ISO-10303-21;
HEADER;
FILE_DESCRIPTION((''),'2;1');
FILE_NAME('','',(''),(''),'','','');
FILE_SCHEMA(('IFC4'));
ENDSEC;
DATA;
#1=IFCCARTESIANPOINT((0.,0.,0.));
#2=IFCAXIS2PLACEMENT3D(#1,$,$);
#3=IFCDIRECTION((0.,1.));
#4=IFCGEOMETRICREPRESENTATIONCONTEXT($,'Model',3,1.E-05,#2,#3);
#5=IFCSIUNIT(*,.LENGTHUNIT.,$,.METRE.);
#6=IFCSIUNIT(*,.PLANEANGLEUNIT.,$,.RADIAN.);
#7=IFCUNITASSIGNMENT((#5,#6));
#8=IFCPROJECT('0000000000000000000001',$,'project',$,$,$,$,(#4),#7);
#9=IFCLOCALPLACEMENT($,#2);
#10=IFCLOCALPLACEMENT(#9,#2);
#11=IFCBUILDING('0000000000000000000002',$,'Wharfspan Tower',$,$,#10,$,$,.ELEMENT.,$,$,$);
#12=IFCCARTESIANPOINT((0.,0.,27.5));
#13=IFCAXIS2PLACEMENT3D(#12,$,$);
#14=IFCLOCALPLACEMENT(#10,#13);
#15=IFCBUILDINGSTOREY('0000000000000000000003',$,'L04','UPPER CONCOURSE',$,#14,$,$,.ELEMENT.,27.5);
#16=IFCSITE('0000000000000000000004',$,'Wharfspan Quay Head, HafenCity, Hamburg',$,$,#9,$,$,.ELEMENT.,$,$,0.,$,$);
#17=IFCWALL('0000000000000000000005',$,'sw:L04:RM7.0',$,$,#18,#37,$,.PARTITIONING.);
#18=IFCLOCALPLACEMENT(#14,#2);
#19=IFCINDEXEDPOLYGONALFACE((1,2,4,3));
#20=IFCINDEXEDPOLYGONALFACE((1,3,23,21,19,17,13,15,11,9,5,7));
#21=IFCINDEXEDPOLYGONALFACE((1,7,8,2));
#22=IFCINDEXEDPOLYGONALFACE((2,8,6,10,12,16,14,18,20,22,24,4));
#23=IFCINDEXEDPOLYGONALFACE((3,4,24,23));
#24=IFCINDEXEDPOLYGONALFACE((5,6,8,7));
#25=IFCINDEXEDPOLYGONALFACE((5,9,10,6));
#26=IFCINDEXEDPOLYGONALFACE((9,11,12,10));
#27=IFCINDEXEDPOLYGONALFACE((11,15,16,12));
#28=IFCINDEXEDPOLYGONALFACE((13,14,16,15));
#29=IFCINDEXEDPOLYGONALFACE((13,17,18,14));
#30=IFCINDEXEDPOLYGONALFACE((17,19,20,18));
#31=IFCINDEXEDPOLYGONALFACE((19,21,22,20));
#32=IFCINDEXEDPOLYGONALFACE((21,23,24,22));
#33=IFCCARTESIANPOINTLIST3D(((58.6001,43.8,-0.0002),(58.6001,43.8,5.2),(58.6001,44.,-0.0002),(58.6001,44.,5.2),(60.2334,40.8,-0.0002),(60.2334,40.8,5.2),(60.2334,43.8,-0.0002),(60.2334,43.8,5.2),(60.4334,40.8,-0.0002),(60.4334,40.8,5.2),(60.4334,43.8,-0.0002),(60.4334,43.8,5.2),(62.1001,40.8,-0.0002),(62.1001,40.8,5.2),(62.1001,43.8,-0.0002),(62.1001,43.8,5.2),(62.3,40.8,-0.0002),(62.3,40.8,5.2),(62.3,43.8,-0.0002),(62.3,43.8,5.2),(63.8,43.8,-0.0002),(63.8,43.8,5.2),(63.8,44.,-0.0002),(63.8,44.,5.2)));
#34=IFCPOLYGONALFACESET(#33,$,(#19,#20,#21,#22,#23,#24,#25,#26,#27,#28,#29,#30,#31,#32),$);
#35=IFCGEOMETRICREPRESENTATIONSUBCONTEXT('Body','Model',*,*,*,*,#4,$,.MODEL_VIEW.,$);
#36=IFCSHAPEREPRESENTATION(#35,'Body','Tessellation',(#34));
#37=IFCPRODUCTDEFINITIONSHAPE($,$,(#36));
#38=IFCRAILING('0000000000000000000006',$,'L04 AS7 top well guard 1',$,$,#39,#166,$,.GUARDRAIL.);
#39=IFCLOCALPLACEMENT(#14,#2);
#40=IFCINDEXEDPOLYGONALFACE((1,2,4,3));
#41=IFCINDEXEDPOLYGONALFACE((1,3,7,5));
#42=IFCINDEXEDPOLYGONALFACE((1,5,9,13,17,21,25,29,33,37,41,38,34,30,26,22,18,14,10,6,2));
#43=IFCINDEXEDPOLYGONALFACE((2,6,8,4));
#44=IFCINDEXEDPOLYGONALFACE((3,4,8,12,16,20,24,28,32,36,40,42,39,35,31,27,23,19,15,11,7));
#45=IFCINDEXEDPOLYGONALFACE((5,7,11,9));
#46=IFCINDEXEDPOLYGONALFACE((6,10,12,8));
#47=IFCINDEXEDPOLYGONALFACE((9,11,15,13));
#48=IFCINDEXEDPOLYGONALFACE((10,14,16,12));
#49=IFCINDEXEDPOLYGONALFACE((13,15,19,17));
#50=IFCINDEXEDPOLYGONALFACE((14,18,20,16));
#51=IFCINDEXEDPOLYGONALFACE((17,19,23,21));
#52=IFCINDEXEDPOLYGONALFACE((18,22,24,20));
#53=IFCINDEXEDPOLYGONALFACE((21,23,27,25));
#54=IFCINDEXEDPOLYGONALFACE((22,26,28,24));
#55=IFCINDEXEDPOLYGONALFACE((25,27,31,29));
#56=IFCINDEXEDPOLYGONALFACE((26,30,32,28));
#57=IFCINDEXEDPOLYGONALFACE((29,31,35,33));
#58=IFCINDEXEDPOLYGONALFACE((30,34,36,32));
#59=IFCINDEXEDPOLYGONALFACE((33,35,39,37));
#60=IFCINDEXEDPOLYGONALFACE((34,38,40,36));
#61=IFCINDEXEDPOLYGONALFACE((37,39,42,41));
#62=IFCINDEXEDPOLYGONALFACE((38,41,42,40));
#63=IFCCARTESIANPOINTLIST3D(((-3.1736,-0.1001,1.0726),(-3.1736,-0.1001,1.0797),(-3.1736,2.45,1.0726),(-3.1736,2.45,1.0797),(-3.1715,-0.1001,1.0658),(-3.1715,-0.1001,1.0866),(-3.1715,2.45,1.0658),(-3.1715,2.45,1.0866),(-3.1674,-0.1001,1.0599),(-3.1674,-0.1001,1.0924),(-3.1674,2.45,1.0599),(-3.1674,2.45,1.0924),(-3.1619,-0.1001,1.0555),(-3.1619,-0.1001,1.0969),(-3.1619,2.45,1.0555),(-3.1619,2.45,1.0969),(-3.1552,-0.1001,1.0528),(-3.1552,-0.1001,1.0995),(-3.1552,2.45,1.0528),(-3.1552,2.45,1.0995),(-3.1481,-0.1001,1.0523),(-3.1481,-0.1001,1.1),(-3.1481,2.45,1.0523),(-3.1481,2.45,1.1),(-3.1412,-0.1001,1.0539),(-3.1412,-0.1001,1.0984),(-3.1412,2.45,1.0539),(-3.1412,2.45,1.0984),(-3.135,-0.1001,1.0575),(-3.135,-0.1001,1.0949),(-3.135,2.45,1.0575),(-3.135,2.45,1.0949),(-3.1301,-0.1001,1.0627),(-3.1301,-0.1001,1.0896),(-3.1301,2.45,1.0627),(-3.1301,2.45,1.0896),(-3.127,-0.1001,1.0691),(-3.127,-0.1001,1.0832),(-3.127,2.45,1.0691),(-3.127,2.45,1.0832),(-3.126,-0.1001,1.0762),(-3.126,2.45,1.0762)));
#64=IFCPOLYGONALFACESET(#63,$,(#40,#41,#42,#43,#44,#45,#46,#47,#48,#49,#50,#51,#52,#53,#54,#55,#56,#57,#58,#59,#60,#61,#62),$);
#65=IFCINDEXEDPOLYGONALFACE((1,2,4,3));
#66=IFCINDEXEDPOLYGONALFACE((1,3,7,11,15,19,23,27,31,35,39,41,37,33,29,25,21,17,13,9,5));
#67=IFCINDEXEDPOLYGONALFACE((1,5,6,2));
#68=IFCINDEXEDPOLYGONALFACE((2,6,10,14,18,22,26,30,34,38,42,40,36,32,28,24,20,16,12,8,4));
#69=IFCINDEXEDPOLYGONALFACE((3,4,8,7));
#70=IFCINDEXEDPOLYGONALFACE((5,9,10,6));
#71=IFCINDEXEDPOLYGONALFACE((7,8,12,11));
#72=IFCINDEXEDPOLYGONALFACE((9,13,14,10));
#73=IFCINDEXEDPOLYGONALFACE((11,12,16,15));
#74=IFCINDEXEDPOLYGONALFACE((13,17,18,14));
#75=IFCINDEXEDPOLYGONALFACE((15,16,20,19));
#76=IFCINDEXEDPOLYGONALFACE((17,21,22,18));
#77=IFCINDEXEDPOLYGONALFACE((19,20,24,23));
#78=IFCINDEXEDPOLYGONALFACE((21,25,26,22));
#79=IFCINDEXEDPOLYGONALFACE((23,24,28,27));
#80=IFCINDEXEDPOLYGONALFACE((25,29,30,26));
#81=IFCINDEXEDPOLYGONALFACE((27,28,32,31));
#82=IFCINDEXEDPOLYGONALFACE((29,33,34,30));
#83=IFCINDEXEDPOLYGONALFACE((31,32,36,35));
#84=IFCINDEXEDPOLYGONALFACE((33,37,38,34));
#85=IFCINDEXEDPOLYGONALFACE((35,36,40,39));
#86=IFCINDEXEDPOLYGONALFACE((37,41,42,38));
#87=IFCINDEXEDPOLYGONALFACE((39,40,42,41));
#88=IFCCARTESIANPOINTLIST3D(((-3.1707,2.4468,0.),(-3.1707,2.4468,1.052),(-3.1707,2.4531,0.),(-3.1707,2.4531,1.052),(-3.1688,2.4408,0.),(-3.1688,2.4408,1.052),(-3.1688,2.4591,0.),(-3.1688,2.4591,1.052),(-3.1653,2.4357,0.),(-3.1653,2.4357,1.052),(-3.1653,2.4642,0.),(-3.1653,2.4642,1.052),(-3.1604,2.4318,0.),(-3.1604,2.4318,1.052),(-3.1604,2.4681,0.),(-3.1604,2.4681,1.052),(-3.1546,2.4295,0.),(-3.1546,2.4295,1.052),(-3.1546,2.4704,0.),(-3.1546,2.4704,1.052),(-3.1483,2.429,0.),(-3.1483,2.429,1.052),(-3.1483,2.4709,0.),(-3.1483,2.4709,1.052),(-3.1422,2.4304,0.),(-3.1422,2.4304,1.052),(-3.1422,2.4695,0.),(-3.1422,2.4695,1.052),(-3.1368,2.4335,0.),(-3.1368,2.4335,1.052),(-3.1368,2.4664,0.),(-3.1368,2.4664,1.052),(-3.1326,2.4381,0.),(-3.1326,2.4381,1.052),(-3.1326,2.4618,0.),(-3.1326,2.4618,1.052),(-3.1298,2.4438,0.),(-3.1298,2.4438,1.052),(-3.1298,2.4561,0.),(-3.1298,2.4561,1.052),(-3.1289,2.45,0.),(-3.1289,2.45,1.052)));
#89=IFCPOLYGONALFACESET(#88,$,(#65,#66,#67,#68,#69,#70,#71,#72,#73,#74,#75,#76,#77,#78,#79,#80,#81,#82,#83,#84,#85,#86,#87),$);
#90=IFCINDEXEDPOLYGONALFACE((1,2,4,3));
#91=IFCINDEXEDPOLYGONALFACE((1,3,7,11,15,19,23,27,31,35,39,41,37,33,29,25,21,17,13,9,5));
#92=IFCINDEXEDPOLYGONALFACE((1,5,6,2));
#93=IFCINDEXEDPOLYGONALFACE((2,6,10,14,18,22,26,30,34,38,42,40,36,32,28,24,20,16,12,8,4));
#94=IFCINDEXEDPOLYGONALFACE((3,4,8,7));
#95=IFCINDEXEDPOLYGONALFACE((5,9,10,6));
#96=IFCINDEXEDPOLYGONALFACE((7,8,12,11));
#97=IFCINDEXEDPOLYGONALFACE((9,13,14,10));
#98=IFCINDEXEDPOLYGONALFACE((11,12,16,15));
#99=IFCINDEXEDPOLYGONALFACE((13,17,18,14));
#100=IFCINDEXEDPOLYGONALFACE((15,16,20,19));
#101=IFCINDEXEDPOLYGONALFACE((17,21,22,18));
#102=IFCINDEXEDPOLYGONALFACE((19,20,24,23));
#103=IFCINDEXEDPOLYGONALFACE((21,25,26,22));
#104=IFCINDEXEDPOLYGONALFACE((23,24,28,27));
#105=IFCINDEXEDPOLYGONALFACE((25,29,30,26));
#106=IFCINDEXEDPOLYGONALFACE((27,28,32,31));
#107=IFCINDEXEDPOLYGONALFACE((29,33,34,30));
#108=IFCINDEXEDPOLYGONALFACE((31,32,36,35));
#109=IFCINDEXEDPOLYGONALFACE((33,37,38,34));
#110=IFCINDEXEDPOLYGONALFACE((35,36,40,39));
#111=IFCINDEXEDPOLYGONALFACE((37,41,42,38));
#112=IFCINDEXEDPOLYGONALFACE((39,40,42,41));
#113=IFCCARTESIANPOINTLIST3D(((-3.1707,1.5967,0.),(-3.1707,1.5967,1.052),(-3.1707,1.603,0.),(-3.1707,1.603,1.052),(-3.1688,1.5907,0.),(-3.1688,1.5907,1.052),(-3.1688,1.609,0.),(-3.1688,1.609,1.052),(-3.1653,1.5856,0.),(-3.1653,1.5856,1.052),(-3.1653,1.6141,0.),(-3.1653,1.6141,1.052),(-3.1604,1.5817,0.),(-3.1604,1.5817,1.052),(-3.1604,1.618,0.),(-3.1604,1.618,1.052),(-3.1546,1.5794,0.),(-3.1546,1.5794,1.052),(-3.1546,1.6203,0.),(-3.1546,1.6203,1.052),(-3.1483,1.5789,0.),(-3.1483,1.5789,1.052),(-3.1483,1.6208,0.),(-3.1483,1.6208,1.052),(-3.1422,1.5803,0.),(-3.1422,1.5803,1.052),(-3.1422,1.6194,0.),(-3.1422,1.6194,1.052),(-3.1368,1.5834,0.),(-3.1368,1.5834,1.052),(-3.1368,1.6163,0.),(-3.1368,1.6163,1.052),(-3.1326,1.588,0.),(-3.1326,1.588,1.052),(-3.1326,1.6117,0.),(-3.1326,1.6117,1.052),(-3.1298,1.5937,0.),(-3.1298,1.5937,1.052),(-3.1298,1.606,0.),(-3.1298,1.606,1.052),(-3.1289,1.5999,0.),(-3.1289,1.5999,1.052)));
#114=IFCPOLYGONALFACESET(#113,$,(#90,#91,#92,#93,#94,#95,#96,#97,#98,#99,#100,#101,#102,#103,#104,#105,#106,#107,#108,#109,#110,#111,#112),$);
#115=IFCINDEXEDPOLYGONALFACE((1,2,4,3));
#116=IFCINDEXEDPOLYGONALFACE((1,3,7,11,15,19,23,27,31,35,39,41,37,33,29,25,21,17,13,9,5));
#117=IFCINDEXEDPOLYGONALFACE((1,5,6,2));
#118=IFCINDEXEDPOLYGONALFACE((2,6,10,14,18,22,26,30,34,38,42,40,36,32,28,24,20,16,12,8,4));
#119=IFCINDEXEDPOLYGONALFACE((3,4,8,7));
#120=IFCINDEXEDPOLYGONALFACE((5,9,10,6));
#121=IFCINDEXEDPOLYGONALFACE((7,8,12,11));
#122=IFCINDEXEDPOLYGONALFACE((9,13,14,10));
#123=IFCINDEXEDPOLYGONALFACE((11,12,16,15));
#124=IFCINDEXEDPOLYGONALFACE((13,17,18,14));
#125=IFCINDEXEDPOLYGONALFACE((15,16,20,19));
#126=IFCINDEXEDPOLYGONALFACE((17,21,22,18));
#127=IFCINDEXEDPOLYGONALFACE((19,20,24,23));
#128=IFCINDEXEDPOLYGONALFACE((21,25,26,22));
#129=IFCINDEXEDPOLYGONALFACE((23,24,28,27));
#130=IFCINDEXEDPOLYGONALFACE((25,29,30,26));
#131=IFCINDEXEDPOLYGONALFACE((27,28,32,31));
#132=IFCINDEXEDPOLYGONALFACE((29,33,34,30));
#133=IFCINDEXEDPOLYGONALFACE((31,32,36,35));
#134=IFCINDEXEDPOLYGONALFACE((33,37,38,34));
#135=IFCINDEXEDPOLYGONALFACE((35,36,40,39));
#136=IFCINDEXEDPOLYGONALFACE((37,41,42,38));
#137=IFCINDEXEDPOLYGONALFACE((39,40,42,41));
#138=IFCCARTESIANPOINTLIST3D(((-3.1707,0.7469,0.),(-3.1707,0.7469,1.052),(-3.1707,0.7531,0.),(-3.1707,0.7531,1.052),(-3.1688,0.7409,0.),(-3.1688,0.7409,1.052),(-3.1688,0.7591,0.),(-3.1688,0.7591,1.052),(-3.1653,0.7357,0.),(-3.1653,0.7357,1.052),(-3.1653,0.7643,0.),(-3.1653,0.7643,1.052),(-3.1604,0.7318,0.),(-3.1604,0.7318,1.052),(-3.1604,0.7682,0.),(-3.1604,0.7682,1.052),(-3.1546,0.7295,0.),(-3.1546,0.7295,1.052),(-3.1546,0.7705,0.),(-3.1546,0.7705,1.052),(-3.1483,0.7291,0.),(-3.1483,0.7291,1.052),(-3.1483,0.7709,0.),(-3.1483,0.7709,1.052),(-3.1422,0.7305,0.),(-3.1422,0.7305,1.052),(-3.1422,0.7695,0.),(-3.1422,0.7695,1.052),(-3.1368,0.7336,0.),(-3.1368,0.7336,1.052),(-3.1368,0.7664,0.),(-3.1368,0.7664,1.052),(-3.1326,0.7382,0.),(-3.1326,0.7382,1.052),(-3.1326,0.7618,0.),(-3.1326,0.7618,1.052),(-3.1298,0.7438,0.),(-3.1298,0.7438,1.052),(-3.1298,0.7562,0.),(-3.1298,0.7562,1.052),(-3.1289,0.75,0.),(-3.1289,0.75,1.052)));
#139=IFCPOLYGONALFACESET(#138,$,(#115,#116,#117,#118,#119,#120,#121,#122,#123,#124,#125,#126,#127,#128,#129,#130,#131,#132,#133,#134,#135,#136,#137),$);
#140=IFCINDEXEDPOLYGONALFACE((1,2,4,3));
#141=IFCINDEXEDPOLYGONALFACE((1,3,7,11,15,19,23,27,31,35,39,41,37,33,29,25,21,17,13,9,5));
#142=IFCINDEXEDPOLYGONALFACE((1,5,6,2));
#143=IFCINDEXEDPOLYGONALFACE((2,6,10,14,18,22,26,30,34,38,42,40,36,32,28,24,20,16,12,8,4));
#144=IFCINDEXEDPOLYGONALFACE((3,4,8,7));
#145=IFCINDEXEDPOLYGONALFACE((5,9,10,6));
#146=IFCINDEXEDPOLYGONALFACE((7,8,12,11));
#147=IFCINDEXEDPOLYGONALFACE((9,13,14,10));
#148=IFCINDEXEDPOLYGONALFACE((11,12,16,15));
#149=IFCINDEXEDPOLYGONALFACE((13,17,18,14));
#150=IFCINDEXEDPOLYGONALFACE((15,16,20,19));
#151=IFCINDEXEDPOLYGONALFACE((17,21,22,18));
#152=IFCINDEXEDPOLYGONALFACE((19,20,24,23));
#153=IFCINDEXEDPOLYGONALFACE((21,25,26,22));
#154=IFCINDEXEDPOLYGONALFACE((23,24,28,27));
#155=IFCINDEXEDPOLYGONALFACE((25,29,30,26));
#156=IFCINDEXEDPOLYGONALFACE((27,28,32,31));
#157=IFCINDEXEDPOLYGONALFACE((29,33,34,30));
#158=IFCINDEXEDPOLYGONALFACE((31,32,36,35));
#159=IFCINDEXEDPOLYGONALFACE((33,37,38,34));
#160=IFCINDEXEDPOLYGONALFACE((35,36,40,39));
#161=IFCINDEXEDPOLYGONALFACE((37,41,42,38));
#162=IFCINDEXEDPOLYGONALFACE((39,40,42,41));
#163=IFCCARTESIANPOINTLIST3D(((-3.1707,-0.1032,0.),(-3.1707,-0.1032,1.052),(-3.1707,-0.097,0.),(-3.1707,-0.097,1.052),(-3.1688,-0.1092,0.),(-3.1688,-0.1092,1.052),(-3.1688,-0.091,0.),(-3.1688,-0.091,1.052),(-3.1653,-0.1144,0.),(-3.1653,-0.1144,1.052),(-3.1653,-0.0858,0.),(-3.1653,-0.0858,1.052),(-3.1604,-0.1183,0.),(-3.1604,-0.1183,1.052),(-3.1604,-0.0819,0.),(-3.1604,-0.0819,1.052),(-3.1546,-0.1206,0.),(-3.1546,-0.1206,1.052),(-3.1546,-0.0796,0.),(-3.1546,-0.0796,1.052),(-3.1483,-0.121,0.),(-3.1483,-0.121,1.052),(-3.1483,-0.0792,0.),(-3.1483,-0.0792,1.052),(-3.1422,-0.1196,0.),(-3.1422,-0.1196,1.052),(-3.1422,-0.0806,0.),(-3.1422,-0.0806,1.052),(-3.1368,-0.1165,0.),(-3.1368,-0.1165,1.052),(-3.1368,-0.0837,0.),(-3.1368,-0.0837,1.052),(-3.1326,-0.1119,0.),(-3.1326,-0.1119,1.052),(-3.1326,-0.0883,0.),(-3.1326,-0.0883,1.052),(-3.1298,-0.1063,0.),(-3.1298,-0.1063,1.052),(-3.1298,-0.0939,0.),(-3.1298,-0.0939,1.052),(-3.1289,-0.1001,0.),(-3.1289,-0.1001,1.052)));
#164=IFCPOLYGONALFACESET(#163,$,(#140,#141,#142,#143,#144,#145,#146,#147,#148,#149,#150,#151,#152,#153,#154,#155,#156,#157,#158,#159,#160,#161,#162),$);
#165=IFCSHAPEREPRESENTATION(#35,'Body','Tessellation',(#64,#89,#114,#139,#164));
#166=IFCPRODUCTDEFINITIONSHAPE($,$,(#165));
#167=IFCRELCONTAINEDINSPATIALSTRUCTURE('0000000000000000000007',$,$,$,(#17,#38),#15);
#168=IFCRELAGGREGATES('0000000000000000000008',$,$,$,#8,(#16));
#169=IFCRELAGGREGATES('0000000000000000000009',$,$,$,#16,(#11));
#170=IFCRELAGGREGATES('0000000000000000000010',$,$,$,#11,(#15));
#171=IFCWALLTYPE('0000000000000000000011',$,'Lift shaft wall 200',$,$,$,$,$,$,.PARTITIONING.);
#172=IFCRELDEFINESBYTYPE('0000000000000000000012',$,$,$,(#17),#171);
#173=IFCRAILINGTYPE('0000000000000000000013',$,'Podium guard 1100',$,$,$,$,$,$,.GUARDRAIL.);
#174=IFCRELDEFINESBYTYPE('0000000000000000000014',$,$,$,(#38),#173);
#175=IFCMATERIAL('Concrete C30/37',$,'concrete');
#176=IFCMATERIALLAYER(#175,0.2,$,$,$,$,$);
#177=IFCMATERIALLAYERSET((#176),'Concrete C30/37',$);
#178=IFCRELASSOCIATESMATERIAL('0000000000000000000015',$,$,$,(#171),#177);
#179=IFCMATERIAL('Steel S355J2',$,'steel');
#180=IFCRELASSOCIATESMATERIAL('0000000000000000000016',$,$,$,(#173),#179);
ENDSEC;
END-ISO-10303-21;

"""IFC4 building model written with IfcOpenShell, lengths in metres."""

from ifc_helpers import new_model, si_unit, direction, frame, origin, origin_2d, place, context, subcontext, project, spatial, polyline, circle, outline, extrude, material, layer, layer_set, type_object, element, save


model = new_model("IFC4")

# Units and contexts
model_context = context("Model", 3, precision=1e-05, world=origin(), true_north=direction((0.0, 1.0)))
body_context = subcontext(model_context, "Body", "Model", "MODEL_VIEW")
ifc_project = project(units=[si_unit("LENGTHUNIT", "METRE"), si_unit("PLANEANGLEUNIT", "RADIAN")], contexts=[model_context])

# Site, building, storey
site_placement = place(None, origin())
site = spatial("IfcSite", under=ifc_project, at=site_placement, Name="Wharfspan Quay Head, HafenCity, Hamburg", CompositionType="ELEMENT", RefElevation=0.0)
building_placement = place(site_placement, origin())
building = spatial("IfcBuilding", under=site, at=building_placement, Name="Wharfspan Tower", CompositionType="ELEMENT")
storey_placement = place(building_placement, frame((0.0, 0.0, 27.5)))
storey = spatial("IfcBuildingStorey", under=building, at=storey_placement, Name="L04", Description="UPPER CONCOURSE", CompositionType="ELEMENT", Elevation=27.5)

# Wall
ifc_material_1 = material(Name="Concrete C30/37", Category="concrete")
ifc_layer_1 = layer(ifc_material_1, 0.2)
ifc_layer_set_1 = layer_set([ifc_layer_1], Name="Concrete C30/37")
wall_type = type_object("IfcWallType", Name="Lift shaft wall 200", PredefinedType="PARTITIONING", material=ifc_layer_set_1)
wall_1_placement = place(storey_placement, frame((0.0, 0.0, -0.0002)))
element("IfcWall", 1, at=wall_1_placement, inside=storey, type_object=wall_type, Name="sw:L04:RM7.0", PredefinedType="PARTITIONING", context=body_context, shape_type="SweptSolid", body=[
    extrude(outline(polyline([(60.4333, 40.8), (60.2334, 40.8), (60.2334, 43.8), (58.6001, 43.8), (58.6001, 44.0), (63.8, 44.0), (63.8, 43.8), (62.3, 43.8), (62.3, 40.8), (62.1001, 40.8), (62.1001, 43.8), (60.4333, 43.8), (60.4333, 40.8)])), origin(), (0.0, 0.0, 1.0), 5.2002),
])

# Railing
ifc_material_2 = material(Name="Steel S355J2", Category="steel")
railing_type = type_object("IfcRailingType", Name="Podium guard 1100", PredefinedType="GUARDRAIL", material=ifc_material_2)
railing_placement = place(storey_placement, frame((-3.1499, 2.45, 0.0)))
element("IfcRailing", 2, at=railing_placement, inside=storey, type_object=railing_type, Name="L04 AS7 top well guard 1", PredefinedType="GUARDRAIL", context=body_context, shape_type="SweptSolid", body=[
    extrude(circle(Radius=0.0239, at=origin_2d()), frame((0.0, 0.0, 1.0762), z_axis=(0.0, -1.0, 0.0), x_axis=(1.0, 0.0, 0.0)), (0.0, 0.0, 1.0), 2.55),
    extrude(circle(Radius=0.021, at=origin_2d()), origin(), (0.0, 0.0, 1.0), 1.052),
    extrude(circle(Radius=0.021, at=origin_2d()), frame((0.0, -0.8501, 0.0)), (0.0, 0.0, 1.0), 1.052),
    extrude(circle(Radius=0.021, at=origin_2d()), frame((0.0, -1.7, 0.0)), (0.0, 0.0, 1.0), 1.052),
    extrude(circle(Radius=0.021, at=origin_2d()), frame((0.0, -2.55, 0.0)), (0.0, 0.0, 1.0), 1.052),
])

save(model, "model.ifc")
